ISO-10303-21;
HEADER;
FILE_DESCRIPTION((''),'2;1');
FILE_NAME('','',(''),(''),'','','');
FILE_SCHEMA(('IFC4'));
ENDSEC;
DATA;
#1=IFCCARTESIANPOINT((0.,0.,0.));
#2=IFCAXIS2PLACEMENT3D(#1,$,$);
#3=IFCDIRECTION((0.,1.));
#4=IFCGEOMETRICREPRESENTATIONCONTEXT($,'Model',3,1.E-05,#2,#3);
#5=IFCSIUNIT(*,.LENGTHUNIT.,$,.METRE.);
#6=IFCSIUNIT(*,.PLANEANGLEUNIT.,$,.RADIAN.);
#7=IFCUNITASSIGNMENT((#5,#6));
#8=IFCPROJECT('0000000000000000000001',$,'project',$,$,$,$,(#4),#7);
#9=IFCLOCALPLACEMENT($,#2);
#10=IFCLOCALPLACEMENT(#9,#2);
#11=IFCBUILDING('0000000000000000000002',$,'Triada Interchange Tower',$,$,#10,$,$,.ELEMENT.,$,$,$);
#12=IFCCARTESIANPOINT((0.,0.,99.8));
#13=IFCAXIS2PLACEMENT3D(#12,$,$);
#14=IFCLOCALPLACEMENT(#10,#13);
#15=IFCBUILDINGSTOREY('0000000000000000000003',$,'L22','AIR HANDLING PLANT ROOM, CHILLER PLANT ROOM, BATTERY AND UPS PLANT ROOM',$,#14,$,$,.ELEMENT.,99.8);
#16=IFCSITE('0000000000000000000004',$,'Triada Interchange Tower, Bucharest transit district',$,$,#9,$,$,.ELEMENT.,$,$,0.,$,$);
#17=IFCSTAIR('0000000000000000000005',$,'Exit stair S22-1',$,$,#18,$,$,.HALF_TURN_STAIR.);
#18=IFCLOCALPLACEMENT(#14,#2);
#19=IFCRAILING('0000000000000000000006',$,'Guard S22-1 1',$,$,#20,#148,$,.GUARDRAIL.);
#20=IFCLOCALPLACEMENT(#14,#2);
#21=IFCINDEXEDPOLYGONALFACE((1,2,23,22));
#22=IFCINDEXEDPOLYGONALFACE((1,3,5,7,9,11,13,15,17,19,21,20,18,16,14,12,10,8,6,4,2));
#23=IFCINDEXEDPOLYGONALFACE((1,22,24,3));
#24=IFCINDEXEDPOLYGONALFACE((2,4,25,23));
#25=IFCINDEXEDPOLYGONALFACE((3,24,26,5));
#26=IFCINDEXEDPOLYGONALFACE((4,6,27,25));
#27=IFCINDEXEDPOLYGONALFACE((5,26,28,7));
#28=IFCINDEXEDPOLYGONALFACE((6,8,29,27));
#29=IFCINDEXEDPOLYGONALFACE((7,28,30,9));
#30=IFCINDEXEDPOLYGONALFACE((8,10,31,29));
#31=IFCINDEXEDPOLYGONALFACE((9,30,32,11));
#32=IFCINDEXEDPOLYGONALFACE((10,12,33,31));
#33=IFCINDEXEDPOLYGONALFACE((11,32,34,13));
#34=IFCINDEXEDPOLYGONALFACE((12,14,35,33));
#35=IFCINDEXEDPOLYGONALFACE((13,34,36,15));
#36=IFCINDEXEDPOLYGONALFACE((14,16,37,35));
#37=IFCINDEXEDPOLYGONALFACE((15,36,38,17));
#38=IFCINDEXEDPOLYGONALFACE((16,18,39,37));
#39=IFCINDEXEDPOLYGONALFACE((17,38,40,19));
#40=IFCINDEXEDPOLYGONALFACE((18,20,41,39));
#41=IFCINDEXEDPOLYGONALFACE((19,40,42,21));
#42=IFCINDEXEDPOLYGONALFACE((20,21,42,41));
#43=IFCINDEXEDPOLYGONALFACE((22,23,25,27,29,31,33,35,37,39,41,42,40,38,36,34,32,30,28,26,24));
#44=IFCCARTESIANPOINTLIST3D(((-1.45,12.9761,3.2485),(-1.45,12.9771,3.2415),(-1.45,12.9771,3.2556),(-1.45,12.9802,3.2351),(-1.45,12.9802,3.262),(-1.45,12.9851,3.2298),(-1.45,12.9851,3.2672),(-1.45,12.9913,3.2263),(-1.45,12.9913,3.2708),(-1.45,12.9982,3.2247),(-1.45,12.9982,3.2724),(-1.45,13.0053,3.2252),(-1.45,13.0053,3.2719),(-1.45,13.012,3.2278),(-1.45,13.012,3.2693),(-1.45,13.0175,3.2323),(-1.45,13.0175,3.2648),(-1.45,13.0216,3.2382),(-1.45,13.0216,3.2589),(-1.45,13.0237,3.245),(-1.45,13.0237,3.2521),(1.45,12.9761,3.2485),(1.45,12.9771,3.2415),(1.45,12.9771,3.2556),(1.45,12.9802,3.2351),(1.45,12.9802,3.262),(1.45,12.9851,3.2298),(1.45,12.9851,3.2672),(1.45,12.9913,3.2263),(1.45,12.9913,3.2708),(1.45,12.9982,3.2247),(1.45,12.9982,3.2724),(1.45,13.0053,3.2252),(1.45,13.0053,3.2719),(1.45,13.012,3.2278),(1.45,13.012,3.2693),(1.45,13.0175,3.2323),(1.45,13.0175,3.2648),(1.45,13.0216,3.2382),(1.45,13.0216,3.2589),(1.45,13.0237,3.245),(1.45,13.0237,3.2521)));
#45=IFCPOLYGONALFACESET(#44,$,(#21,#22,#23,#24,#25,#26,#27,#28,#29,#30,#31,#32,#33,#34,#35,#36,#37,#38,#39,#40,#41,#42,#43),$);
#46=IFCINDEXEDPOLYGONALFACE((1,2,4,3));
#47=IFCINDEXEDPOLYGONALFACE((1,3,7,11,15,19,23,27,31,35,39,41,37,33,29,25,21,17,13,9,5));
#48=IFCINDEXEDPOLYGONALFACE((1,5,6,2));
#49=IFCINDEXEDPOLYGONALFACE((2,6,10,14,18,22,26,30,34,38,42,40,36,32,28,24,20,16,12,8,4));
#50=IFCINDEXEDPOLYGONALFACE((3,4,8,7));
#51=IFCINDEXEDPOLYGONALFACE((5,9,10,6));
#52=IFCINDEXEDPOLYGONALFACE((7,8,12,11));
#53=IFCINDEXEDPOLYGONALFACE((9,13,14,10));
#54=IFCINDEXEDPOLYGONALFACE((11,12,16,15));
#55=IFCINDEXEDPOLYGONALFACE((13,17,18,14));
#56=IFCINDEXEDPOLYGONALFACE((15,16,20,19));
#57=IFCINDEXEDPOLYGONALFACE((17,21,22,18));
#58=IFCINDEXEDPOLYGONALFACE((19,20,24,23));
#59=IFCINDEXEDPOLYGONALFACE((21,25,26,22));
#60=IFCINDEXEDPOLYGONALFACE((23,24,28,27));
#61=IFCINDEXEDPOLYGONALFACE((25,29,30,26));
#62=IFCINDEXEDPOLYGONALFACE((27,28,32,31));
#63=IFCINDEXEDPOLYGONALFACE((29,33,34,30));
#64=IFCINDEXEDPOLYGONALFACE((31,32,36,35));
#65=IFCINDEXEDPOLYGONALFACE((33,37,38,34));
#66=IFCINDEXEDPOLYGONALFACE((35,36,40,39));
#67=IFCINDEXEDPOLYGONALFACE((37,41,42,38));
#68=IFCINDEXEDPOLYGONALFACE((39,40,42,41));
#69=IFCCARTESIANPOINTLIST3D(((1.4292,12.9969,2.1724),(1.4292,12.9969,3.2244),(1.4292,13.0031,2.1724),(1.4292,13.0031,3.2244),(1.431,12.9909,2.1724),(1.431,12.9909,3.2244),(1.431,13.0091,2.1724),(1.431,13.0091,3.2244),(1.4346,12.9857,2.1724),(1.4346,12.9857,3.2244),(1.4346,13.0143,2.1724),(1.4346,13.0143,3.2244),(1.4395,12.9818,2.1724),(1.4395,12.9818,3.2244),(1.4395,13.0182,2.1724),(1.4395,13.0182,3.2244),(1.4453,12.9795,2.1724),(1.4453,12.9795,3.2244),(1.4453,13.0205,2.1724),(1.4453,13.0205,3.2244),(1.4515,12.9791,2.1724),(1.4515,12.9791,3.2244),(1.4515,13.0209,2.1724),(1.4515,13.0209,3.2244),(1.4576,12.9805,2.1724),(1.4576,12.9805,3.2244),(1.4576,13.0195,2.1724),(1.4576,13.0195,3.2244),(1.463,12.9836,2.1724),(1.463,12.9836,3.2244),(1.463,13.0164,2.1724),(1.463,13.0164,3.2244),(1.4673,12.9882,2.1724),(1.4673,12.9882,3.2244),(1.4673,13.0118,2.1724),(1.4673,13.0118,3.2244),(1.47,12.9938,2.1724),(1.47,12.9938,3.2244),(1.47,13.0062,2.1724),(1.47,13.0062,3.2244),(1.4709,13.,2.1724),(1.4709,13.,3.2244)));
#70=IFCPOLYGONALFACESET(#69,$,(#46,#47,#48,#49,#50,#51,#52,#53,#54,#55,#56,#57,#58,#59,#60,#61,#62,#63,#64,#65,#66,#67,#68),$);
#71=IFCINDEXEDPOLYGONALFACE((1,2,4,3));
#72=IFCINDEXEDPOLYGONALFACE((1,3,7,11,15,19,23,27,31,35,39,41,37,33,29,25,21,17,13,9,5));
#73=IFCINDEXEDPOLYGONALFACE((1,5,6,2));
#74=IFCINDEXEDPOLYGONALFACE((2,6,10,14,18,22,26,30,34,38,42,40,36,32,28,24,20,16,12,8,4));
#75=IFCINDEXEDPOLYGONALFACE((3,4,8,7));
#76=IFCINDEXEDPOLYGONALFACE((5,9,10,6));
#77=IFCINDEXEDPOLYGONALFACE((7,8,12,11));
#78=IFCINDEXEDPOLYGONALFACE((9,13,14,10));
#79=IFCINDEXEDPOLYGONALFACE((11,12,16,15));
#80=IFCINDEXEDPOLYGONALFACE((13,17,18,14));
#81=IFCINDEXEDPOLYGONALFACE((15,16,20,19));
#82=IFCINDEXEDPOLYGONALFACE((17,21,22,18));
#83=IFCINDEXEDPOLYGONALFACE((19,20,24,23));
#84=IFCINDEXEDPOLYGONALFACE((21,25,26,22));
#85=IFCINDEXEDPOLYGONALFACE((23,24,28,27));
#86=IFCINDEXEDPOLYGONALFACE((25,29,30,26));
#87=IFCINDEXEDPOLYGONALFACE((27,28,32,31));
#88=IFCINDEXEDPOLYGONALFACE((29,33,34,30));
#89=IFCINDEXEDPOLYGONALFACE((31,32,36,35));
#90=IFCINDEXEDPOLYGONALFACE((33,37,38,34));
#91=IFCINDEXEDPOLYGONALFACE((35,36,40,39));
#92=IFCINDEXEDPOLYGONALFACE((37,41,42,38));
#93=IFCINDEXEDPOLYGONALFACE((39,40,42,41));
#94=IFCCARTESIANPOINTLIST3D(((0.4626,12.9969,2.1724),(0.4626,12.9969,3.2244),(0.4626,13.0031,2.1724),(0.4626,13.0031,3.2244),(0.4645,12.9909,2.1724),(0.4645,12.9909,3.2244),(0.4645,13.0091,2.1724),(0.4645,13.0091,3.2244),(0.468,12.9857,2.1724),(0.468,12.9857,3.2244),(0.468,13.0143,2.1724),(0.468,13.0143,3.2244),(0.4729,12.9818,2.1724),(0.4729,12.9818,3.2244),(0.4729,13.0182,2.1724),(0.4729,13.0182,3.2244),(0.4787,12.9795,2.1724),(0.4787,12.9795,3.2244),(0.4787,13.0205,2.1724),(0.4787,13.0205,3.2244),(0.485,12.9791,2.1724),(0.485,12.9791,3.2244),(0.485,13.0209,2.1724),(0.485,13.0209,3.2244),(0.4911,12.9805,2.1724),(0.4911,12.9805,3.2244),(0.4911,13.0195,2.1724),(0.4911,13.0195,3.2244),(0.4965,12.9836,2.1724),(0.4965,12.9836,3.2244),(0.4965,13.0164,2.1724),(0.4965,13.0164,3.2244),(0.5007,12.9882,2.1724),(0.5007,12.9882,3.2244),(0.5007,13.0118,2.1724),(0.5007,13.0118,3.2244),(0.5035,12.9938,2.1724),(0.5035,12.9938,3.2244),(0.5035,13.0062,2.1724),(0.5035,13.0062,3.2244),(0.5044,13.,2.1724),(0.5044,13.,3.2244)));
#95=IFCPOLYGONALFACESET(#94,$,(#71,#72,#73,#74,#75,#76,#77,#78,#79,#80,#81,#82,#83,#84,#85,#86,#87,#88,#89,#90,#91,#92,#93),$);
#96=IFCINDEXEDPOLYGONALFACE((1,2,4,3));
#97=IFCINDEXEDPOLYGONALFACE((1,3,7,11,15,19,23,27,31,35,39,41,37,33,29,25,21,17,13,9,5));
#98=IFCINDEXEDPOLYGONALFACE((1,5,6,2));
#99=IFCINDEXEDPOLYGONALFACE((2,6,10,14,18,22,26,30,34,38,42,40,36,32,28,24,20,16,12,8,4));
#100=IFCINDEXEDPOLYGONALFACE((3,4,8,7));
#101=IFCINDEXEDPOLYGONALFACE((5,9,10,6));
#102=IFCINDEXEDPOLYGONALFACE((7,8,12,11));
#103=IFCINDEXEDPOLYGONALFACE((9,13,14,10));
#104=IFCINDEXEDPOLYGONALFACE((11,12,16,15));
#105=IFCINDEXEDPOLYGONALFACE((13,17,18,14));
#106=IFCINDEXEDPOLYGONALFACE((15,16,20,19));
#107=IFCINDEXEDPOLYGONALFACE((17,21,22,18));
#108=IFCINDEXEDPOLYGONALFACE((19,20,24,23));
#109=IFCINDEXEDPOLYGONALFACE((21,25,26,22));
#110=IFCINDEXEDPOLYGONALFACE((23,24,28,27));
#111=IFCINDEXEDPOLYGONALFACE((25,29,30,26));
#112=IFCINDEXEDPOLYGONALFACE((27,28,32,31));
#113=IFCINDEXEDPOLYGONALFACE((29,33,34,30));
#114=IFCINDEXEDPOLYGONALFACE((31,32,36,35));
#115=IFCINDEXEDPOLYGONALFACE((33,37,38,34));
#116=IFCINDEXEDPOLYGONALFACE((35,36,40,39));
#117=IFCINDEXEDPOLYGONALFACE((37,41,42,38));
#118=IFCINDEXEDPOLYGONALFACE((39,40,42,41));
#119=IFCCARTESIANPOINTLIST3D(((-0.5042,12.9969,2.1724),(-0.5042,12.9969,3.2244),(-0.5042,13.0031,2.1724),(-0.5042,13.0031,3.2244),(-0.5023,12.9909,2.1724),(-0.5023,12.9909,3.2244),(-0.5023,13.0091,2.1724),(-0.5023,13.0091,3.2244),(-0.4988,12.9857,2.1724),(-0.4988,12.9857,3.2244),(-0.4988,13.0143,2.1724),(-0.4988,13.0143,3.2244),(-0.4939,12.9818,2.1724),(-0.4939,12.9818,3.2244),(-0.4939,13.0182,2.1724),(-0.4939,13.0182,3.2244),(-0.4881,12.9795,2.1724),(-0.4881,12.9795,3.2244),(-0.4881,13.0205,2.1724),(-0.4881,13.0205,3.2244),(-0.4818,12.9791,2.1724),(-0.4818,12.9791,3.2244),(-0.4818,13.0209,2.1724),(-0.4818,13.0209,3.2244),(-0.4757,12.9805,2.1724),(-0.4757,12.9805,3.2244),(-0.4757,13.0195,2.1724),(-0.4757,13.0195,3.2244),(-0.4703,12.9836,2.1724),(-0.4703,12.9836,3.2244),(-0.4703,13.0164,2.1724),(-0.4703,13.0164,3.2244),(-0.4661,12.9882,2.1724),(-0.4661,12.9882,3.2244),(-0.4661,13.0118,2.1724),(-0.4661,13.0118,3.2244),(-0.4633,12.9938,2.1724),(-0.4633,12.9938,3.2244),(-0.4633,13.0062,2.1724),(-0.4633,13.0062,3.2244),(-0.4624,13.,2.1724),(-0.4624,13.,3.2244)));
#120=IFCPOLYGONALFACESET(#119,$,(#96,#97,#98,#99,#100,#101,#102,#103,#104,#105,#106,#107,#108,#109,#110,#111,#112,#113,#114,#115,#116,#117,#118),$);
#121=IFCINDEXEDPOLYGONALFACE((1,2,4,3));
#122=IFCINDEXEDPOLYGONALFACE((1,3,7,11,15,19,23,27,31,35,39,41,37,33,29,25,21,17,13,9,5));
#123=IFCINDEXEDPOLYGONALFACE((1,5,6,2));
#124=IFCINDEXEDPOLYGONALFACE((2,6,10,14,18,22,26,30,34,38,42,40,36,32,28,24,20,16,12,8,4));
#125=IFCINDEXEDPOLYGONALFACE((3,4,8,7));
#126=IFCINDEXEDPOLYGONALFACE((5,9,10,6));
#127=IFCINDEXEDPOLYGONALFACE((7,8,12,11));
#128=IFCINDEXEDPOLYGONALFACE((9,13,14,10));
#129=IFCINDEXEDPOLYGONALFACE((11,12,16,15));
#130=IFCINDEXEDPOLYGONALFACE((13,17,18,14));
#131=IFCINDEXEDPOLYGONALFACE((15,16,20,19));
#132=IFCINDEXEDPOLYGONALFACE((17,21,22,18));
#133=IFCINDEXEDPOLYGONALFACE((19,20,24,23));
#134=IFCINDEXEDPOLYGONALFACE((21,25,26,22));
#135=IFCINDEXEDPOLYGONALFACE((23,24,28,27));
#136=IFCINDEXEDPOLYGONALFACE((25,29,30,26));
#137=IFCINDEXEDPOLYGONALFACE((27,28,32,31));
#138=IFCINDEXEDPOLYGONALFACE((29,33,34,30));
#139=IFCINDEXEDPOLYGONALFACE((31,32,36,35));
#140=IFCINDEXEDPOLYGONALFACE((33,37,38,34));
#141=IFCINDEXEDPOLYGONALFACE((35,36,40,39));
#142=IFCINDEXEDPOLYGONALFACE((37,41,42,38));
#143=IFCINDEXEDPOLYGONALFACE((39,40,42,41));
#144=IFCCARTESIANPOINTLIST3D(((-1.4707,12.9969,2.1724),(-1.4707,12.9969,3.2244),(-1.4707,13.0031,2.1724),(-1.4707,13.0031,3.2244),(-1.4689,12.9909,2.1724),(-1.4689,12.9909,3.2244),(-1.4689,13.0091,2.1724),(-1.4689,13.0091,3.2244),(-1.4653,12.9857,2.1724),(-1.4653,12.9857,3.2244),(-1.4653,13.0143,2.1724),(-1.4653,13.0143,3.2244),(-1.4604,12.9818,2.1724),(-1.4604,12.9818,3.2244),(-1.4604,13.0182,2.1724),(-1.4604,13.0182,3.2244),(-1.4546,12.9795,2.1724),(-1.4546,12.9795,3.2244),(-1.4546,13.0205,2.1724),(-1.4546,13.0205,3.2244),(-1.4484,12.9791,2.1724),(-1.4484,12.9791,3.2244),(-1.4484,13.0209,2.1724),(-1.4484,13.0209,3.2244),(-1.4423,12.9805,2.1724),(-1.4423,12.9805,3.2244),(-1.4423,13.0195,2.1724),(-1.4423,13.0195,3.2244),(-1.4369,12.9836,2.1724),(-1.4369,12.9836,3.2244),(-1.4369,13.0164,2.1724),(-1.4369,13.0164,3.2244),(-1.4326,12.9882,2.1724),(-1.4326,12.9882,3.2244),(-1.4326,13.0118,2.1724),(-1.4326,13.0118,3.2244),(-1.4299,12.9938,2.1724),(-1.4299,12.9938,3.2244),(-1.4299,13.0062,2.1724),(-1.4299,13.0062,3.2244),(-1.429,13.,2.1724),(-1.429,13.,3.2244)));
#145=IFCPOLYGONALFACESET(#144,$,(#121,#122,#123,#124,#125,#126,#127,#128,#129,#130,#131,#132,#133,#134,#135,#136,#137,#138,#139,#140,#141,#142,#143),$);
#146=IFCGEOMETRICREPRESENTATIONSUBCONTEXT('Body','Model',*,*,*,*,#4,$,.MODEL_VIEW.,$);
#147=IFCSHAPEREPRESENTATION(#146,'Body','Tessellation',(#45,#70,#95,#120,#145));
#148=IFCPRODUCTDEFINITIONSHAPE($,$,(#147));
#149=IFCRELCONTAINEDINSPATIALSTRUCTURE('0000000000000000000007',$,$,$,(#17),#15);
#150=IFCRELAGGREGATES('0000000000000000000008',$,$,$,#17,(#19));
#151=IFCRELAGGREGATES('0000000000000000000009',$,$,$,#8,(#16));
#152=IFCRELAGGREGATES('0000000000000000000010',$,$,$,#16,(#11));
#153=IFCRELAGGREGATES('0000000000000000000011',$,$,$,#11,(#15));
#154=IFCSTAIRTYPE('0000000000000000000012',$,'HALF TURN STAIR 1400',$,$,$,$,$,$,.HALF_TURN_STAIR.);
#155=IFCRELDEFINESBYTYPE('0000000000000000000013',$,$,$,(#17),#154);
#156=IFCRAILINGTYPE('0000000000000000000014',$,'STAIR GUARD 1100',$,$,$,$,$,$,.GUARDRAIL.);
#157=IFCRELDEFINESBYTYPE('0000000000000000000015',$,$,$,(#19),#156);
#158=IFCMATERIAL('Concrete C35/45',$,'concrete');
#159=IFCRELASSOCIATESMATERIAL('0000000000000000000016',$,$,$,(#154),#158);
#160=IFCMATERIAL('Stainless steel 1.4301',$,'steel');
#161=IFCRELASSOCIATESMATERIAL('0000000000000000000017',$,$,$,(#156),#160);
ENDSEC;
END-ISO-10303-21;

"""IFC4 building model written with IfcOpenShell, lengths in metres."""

from ifc_helpers import new_model, si_unit, direction, frame, origin, origin_2d, place, context, subcontext, project, spatial, circle, extrude, material, type_object, element, aggregate, save


model = new_model("IFC4")

# Units and contexts
model_context = context("Model", 3, precision=1e-05, world=origin(), true_north=direction((0.0, 1.0)))
body_context = subcontext(model_context, "Body", "Model", "MODEL_VIEW")
ifc_project = project(units=[si_unit("LENGTHUNIT", "METRE"), si_unit("PLANEANGLEUNIT", "RADIAN")], contexts=[model_context])

# Site, building, storey
site_placement = place(None, origin())
site = spatial("IfcSite", under=ifc_project, at=site_placement, Name="Triada Interchange Tower, Bucharest transit district", CompositionType="ELEMENT", RefElevation=0.0)
building_placement = place(site_placement, origin())
building = spatial("IfcBuilding", under=site, at=building_placement, Name="Triada Interchange Tower", CompositionType="ELEMENT")
storey_placement = place(building_placement, frame((0.0, 0.0, 99.8)))
storey = spatial("IfcBuildingStorey", under=building, at=storey_placement, Name="L22", Description="AIR HANDLING PLANT ROOM, CHILLER PLANT ROOM, BATTERY AND UPS PLANT ROOM", CompositionType="ELEMENT", Elevation=99.8)

# Shared definitions
ifc_material_1 = material(Name="Concrete C35/45", Category="concrete")

# Stair
stair_type = type_object("IfcStairType", Name="HALF TURN STAIR 1400", PredefinedType="HALF_TURN_STAIR", material=ifc_material_1)
stair_placement = place(storey_placement, origin())
stair = element("IfcStair", 1, at=stair_placement, inside=storey, type_object=stair_type, Name="Exit stair S22-1", PredefinedType="HALF_TURN_STAIR")

# Railing
ifc_material_2 = material(Name="Stainless steel 1.4301", Category="steel")
railing_type_1 = type_object("IfcRailingType", Name="STAIR GUARD 1100", PredefinedType="GUARDRAIL", material=ifc_material_2)
railing_1_placement = place(storey_placement, frame((1.45, 13.0, 2.1724)))
railing_1 = element("IfcRailing", 2, at=railing_1_placement, type_object=railing_type_1, Name="Guard S22-1 1", PredefinedType="GUARDRAIL", context=body_context, shape_type="SweptSolid", body=[
    extrude(circle(Radius=0.0239, at=origin_2d()), frame((0.0, 0.0, 1.0762), z_axis=(-1.0, 0.0, 0.0), x_axis=(0.0, -1.0, 0.0)), (0.0, 0.0, 1.0), 2.8999),
    extrude(circle(Radius=0.021, at=origin_2d()), origin(), (0.0, 0.0, 1.0), 1.052),
    extrude(circle(Radius=0.021, at=origin_2d()), frame((-0.9666, 0.0, 0.0)), (0.0, 0.0, 1.0), 1.052),
    extrude(circle(Radius=0.021, at=origin_2d()), frame((-1.9333, 0.0, 0.0)), (0.0, 0.0, 1.0), 1.052),
    extrude(circle(Radius=0.021, at=origin_2d()), frame((-2.8999, 0.0, 0.0)), (0.0, 0.0, 1.0), 1.052),
])
aggregate(stair, [railing_1])

save(model, "model.ifc")
